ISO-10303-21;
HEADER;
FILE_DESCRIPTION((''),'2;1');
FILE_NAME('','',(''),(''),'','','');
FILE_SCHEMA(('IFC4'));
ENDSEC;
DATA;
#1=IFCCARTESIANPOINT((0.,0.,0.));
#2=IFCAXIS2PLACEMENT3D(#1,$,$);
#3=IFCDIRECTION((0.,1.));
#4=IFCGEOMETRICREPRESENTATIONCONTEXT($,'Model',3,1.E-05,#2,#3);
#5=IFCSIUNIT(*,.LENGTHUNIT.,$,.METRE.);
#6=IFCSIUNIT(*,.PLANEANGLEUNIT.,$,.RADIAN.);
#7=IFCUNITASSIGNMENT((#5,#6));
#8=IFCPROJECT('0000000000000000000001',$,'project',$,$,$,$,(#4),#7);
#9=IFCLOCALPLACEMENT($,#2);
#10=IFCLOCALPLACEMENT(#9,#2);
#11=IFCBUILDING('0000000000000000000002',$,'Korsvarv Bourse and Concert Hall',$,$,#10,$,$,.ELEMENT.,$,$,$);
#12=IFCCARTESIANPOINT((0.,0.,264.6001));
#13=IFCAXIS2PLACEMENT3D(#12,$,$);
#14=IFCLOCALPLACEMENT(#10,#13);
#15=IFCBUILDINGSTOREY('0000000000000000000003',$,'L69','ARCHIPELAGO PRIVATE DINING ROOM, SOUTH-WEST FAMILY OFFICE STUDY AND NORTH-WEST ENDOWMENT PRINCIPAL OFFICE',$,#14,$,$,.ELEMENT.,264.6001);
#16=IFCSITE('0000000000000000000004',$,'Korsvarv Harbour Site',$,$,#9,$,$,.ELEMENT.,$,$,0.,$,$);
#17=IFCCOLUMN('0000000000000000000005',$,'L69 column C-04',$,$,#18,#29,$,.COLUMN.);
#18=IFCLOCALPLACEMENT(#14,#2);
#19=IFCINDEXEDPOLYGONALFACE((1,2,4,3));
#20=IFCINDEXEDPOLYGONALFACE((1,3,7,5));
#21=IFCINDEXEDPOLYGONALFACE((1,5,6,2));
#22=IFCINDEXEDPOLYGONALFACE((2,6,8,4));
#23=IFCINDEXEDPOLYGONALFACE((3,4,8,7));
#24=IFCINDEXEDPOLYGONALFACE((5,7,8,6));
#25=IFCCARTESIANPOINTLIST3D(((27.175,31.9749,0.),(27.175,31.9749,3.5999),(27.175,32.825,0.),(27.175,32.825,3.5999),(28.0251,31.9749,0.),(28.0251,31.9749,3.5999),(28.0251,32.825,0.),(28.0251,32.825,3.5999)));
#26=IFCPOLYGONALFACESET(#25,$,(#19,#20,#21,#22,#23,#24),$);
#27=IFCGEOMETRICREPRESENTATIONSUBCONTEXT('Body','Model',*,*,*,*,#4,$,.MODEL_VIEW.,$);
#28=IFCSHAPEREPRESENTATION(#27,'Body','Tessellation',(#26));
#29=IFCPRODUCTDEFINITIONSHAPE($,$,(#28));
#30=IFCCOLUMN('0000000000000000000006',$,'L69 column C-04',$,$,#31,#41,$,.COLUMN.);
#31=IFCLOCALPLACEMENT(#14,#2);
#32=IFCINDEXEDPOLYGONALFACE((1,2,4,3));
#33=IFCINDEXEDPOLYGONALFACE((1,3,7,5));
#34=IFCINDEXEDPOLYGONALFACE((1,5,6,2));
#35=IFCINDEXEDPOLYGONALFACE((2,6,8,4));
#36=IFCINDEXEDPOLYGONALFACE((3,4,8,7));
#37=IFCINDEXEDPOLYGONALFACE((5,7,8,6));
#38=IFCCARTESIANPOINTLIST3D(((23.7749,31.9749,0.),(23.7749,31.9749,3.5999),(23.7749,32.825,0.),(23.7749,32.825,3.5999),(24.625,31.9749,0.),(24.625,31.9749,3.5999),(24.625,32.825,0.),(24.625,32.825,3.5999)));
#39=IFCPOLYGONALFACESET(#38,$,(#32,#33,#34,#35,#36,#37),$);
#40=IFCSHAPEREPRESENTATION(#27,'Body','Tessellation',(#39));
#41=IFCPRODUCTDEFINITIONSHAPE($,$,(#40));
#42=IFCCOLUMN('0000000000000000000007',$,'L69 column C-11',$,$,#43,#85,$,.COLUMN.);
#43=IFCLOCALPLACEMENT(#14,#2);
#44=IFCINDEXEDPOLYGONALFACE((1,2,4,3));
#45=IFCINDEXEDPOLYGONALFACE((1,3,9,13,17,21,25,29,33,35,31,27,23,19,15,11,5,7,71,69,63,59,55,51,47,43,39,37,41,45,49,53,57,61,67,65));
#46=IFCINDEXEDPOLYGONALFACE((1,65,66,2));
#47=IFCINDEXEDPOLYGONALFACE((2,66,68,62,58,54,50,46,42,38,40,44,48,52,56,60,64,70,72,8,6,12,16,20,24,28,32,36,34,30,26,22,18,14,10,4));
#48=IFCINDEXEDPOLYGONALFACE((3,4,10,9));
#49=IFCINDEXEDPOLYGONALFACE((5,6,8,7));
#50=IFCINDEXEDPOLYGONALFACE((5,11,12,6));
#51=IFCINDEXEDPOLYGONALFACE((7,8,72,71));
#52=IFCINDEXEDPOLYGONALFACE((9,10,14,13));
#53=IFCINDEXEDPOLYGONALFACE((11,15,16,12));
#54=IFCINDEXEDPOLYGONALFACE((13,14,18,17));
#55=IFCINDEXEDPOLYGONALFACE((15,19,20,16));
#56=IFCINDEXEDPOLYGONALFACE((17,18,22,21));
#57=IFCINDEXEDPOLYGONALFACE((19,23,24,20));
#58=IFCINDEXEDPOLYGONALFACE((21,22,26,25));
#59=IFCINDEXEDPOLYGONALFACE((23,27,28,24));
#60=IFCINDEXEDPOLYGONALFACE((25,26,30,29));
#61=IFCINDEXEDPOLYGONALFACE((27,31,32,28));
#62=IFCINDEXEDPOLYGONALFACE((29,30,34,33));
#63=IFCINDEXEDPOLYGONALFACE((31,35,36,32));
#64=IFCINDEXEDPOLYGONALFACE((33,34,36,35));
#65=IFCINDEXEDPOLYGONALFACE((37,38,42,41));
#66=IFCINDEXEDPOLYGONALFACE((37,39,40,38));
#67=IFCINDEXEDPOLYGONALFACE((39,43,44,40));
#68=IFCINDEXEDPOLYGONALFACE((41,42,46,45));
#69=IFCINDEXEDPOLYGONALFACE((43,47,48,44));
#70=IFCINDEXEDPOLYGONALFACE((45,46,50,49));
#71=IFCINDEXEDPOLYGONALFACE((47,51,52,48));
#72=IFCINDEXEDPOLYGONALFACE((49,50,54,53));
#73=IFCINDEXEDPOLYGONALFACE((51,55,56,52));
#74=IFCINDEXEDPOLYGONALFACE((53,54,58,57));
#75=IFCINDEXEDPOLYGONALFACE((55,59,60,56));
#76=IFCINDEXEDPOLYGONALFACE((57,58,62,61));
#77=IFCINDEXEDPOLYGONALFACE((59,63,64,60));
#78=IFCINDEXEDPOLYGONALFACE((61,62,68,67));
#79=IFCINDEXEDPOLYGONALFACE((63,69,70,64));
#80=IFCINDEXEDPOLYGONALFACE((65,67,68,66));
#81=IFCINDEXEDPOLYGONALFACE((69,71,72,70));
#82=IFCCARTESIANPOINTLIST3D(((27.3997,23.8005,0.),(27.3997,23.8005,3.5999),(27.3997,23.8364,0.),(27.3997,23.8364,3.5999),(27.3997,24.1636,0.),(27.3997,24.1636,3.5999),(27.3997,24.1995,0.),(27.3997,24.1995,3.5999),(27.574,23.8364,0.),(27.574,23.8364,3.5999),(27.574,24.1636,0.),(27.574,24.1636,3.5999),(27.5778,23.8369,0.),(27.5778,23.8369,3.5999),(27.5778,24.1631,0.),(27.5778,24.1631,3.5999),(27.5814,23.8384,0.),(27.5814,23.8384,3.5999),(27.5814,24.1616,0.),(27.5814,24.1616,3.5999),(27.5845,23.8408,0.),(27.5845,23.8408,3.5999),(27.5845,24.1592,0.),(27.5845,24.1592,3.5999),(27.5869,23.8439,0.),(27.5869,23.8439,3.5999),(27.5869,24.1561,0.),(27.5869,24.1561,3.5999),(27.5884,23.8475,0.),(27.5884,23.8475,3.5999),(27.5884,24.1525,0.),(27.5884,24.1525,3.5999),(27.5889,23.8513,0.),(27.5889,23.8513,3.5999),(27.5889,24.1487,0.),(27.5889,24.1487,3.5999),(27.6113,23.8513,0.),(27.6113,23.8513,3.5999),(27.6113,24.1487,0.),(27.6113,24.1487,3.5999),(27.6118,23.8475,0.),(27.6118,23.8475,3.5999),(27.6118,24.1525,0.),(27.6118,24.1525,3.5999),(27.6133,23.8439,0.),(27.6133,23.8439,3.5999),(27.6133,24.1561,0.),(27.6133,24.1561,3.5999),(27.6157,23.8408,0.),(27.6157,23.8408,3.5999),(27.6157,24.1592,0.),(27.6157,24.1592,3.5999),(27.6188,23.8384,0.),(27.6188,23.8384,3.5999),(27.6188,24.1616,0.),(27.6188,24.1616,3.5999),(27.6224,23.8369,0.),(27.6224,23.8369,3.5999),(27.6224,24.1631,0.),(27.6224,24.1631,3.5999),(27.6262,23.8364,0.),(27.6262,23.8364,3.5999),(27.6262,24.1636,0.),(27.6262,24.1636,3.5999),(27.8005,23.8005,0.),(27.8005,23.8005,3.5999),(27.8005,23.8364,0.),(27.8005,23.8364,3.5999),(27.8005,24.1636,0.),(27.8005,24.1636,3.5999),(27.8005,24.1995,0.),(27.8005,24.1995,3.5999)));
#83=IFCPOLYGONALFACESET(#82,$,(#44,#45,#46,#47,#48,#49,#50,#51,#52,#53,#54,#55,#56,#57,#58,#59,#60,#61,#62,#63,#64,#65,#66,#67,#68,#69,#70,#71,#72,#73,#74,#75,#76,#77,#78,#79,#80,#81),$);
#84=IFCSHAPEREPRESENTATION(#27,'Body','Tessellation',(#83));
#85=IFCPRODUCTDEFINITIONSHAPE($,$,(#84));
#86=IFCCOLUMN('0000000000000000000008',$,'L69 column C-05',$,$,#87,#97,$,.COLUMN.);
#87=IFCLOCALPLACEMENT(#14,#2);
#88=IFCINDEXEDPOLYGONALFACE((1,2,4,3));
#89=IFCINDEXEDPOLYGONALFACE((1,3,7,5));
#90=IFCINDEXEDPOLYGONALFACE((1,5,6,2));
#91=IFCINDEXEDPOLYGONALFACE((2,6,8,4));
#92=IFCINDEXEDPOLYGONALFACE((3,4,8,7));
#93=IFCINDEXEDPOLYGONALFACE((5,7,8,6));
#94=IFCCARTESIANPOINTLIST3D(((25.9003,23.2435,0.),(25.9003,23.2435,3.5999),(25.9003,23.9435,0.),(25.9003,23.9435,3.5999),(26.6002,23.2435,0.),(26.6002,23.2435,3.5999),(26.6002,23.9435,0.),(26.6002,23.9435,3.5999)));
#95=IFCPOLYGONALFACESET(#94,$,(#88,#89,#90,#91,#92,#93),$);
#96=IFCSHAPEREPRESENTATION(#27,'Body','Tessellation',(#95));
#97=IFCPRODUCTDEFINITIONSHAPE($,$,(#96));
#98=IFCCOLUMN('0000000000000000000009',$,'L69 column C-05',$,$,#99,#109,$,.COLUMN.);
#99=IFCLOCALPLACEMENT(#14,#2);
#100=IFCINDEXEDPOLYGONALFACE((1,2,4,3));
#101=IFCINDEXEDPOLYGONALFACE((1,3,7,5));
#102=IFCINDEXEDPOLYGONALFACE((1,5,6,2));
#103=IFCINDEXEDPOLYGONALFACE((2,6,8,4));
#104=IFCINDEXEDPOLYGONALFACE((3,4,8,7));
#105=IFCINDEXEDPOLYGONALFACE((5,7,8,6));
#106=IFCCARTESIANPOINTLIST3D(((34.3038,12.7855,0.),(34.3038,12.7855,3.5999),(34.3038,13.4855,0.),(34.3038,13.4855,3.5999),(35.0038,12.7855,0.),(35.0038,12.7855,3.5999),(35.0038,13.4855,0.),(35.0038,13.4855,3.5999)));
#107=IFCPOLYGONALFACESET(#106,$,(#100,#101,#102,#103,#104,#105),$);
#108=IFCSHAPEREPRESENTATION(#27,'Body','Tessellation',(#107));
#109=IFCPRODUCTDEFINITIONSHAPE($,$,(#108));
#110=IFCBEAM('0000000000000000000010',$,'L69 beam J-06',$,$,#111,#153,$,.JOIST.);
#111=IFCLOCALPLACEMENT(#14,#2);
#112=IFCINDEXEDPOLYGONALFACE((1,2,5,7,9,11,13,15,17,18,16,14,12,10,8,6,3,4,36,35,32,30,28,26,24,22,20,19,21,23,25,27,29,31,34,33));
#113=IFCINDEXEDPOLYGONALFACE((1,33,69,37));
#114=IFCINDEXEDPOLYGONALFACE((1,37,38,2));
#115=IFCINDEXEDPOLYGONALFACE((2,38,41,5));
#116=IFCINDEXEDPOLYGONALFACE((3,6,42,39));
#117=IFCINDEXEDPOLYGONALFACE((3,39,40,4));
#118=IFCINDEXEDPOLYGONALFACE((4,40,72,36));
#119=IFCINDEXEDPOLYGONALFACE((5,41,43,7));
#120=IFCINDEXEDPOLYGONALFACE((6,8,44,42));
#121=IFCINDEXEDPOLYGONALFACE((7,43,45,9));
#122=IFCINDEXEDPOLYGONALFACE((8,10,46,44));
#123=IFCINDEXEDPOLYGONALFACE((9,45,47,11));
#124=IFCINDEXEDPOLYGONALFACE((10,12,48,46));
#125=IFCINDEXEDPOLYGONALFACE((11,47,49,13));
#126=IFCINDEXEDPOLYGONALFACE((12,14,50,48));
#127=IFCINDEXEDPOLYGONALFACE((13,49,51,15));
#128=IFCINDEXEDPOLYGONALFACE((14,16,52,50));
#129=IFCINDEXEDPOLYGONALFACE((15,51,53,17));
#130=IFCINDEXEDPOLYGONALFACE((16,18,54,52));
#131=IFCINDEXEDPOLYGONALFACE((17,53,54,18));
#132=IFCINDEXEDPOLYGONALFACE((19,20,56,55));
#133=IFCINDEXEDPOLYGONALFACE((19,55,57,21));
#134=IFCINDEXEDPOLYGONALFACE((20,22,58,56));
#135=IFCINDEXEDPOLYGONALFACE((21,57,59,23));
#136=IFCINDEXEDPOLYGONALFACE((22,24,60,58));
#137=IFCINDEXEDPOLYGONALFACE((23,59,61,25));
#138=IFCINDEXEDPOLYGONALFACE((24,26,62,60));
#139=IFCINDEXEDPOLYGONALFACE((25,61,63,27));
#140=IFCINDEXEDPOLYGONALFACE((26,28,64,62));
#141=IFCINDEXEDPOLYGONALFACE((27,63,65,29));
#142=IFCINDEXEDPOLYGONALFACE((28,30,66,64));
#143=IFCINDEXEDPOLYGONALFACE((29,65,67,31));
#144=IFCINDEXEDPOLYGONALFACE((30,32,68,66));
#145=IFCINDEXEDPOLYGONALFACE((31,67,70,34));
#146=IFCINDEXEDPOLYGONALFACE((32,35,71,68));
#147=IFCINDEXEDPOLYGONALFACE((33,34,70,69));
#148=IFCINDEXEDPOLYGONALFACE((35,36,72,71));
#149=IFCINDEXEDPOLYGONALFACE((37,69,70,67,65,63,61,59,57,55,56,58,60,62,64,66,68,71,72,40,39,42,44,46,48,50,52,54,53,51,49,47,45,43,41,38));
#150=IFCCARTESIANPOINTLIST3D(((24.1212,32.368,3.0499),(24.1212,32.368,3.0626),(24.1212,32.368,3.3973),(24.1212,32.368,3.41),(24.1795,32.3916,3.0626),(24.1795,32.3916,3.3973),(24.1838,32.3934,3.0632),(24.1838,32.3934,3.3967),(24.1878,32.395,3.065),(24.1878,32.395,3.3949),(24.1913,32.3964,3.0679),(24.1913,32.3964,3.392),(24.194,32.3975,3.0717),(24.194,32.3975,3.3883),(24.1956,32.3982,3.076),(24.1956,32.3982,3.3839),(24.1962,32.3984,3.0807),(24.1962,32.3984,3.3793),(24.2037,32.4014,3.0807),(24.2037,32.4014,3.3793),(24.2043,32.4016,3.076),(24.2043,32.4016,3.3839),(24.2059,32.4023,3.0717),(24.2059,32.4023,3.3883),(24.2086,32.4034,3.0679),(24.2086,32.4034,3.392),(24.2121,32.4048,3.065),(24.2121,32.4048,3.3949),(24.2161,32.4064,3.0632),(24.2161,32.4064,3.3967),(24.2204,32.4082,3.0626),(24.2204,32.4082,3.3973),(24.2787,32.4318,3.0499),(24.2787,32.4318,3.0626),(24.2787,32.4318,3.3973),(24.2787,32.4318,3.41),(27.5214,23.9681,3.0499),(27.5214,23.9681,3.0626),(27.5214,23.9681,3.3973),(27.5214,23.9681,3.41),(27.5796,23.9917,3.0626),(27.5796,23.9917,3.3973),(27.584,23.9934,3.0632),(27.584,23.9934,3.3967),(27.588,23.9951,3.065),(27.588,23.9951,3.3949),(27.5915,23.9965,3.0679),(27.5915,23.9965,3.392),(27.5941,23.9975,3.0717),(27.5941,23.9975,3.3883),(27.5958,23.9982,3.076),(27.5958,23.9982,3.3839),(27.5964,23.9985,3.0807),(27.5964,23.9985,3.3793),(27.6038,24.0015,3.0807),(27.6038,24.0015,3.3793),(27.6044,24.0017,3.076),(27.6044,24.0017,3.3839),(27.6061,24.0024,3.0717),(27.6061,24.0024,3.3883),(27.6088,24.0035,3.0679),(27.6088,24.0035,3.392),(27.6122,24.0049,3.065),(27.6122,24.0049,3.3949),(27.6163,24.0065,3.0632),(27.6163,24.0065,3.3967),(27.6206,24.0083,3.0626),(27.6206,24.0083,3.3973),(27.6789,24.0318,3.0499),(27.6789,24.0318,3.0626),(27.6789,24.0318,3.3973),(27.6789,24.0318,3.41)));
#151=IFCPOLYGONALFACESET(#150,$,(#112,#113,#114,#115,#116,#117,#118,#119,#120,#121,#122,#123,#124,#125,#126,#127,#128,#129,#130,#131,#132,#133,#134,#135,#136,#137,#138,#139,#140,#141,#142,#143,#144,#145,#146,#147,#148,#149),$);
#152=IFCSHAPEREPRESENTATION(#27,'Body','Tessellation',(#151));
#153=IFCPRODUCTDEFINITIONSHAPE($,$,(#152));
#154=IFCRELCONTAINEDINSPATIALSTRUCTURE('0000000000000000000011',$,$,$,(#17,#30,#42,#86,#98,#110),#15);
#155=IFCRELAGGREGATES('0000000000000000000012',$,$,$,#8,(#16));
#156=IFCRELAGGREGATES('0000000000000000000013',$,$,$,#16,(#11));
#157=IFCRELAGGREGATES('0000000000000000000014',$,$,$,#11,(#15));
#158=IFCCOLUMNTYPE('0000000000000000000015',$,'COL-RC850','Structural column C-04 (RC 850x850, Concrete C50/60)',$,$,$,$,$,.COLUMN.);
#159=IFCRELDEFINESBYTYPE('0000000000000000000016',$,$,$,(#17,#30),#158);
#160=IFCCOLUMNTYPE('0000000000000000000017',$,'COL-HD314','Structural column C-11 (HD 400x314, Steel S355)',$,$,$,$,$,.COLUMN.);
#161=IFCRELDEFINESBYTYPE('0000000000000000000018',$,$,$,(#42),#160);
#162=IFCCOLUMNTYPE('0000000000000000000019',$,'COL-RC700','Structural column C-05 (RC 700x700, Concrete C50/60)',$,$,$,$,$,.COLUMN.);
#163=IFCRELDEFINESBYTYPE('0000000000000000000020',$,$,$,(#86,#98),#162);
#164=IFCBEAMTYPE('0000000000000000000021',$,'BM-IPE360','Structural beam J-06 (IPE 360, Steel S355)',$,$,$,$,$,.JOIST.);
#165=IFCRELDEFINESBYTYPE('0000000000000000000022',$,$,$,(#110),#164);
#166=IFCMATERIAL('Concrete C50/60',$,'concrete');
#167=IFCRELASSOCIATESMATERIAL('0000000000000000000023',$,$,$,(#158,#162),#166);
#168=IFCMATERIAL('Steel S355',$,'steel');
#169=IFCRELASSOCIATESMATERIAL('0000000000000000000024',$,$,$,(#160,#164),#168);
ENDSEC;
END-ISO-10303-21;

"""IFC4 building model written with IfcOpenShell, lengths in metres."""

from ifc_helpers import new_model, si_unit, direction, frame, origin, origin_2d, place, context, subcontext, project, spatial, rectangle, i_section, extrude, source, transform, mapped, material, material_profile, profile_set, type_object, element, save


model = new_model("IFC4")

# Units and contexts
model_context = context("Model", 3, precision=1e-05, world=origin(), true_north=direction((0.0, 1.0)))
body_context = subcontext(model_context, "Body", "Model", "MODEL_VIEW")
ifc_project = project(units=[si_unit("LENGTHUNIT", "METRE"), si_unit("PLANEANGLEUNIT", "RADIAN")], contexts=[model_context])

# Site, building, storey
site_placement = place(None, origin())
site = spatial("IfcSite", under=ifc_project, at=site_placement, Name="Korsvarv Harbour Site", CompositionType="ELEMENT", RefElevation=0.0)
building_placement = place(site_placement, origin())
building = spatial("IfcBuilding", under=site, at=building_placement, Name="Korsvarv Bourse and Concert Hall", CompositionType="ELEMENT")
storey_placement = place(building_placement, frame((0.0, 0.0, 264.6001)))
storey = spatial("IfcBuildingStorey", under=building, at=storey_placement, Name="L69", Description="ARCHIPELAGO PRIVATE DINING ROOM, SOUTH-WEST FAMILY OFFICE STUDY AND NORTH-WEST ENDOWMENT PRINCIPAL OFFICE", CompositionType="ELEMENT", Elevation=264.6001)

# Columns
ifc_material_1 = material(Name="Concrete C50/60", Category="concrete")
ifc_material_profile_1 = material_profile(ifc_material_1, rectangle(XDim=0.8501, YDim=0.8501, at=origin_2d()), Name="RC 850x850")
ifc_profile_set_1 = profile_set([ifc_material_profile_1], Name="Concrete C50/60")
column_type_1 = type_object("IfcColumnType", Name="COL-RC850", Description="Structural column C-04 (RC 850x850, Concrete C50/60)", PredefinedType="COLUMN", material=ifc_profile_set_1)
shared_shape_1 = source(origin(), body_context, "Body", "SweptSolid", [
    extrude(rectangle(XDim=0.8501, YDim=0.8501, at=origin_2d()), origin(), (0.0, 0.0, 1.0), 3.5999),
])
for number, where, z_axis, x_axis, name in (
    (1, (27.6001, 32.3999, 0.0), (0.0, 0.0, 1.0), (1.0, 0.0, 0.0), "L69 column C-04"),
    (2, (24.2, 32.3999, 0.0), (0.0, 0.0, 1.0), (1.0, 0.0, 0.0), "L69 column C-04"),
):
    element("IfcColumn", number, at=place(storey_placement, frame(where, z_axis=z_axis, x_axis=x_axis)), inside=storey, type_object=column_type_1, Name=name, PredefinedType="COLUMN", context=body_context, shape_type="MappedRepresentation", body=[
        mapped(shared_shape_1, transform((0.0, 0.0, 0.0), scale=1.0)),
    ])
ifc_material_2 = material(Name="Steel S355", Category="steel")
ifc_material_profile_2 = material_profile(ifc_material_2, i_section(OverallWidth=0.4009, OverallDepth=0.3989, WebThickness=0.0225, FlangeThickness=0.0359, FilletRadius=0.0149, at=origin_2d()), Name="HD 400x314")
ifc_profile_set_2 = profile_set([ifc_material_profile_2], Name="Steel S355")
column_type_2 = type_object("IfcColumnType", Name="COL-HD314", Description="Structural column C-11 (HD 400x314, Steel S355)", PredefinedType="COLUMN", material=ifc_profile_set_2)
shared_shape_2 = source(origin(), body_context, "Body", "SweptSolid", [
    extrude(i_section(OverallWidth=0.4009, OverallDepth=0.3989, WebThickness=0.0225, FlangeThickness=0.0359, FilletRadius=0.0149, at=origin_2d()), origin(), (0.0, 0.0, 1.0), 3.5999),
])
column_placement = place(storey_placement, frame((27.6001, 24.0, 0.0), z_axis=(0.0, 0.0, 1.0), x_axis=(1.0, 0.0, 0.0)))
element("IfcColumn", 3, at=column_placement, inside=storey, type_object=column_type_2, Name="L69 column C-11", PredefinedType="COLUMN", context=body_context, shape_type="MappedRepresentation", body=[
    mapped(shared_shape_2, transform((0.0, 0.0, 0.0), scale=1.0)),
])
ifc_material_profile_3 = material_profile(ifc_material_1, rectangle(XDim=0.7, YDim=0.7, at=origin_2d()), Name="RC 700x700")
ifc_profile_set_3 = profile_set([ifc_material_profile_3], Name="Concrete C50/60")
column_type_3 = type_object("IfcColumnType", Name="COL-RC700", Description="Structural column C-05 (RC 700x700, Concrete C50/60)", PredefinedType="COLUMN", material=ifc_profile_set_3)
shared_shape_3 = source(origin(), body_context, "Body", "SweptSolid", [
    extrude(rectangle(XDim=0.7, YDim=0.7, at=origin_2d()), origin(), (0.0, 0.0, 1.0), 3.5999),
])
for number, where, z_axis, x_axis, name in (
    (4, (26.2502, 23.5935, 0.0), (0.0, 0.0, 1.0), (1.0, 0.0, 0.0), "L69 column C-05"),
    (5, (34.6538, 13.1355, 0.0), (0.0, 0.0, 1.0), (1.0, 0.0, 0.0), "L69 column C-05"),
):
    element("IfcColumn", number, at=place(storey_placement, frame(where, z_axis=z_axis, x_axis=x_axis)), inside=storey, type_object=column_type_3, Name=name, PredefinedType="COLUMN", context=body_context, shape_type="MappedRepresentation", body=[
        mapped(shared_shape_3, transform((0.0, 0.0, 0.0), scale=1.0)),
    ])

# Beam
ifc_material_profile_4 = material_profile(ifc_material_2, i_section(OverallWidth=0.1699, OverallDepth=0.3601, WebThickness=0.0081, FlangeThickness=0.0127, FilletRadius=0.0181, at=origin_2d()), Name="IPE 360")
ifc_profile_set_4 = profile_set([ifc_material_profile_4], Name="Steel S355")
beam_type_1 = type_object("IfcBeamType", Name="BM-IPE360", Description="Structural beam J-06 (IPE 360, Steel S355)", PredefinedType="JOIST", material=ifc_profile_set_4)
shared_shape_4 = source(origin(), body_context, "Body", "SweptSolid", [
    extrude(i_section(OverallWidth=0.1699, OverallDepth=0.3601, WebThickness=0.0081, FlangeThickness=0.0127, FilletRadius=0.0181, at=origin_2d()), origin(), (0.0, 0.0, 1.0), 9.062),
])
beam_1_placement = place(storey_placement, frame((24.2, 32.3999, 3.23), z_axis=(0.37521, -0.92694, 0.0), x_axis=(0.92694, 0.37521, 0.0)))
element("IfcBeam", 6, at=beam_1_placement, inside=storey, type_object=beam_type_1, Name="L69 beam J-06", PredefinedType="JOIST", context=body_context, shape_type="MappedRepresentation", body=[
    mapped(shared_shape_4, transform((0.0, 0.0, 0.0), scale=1.0)),
])

save(model, "model.ifc")
